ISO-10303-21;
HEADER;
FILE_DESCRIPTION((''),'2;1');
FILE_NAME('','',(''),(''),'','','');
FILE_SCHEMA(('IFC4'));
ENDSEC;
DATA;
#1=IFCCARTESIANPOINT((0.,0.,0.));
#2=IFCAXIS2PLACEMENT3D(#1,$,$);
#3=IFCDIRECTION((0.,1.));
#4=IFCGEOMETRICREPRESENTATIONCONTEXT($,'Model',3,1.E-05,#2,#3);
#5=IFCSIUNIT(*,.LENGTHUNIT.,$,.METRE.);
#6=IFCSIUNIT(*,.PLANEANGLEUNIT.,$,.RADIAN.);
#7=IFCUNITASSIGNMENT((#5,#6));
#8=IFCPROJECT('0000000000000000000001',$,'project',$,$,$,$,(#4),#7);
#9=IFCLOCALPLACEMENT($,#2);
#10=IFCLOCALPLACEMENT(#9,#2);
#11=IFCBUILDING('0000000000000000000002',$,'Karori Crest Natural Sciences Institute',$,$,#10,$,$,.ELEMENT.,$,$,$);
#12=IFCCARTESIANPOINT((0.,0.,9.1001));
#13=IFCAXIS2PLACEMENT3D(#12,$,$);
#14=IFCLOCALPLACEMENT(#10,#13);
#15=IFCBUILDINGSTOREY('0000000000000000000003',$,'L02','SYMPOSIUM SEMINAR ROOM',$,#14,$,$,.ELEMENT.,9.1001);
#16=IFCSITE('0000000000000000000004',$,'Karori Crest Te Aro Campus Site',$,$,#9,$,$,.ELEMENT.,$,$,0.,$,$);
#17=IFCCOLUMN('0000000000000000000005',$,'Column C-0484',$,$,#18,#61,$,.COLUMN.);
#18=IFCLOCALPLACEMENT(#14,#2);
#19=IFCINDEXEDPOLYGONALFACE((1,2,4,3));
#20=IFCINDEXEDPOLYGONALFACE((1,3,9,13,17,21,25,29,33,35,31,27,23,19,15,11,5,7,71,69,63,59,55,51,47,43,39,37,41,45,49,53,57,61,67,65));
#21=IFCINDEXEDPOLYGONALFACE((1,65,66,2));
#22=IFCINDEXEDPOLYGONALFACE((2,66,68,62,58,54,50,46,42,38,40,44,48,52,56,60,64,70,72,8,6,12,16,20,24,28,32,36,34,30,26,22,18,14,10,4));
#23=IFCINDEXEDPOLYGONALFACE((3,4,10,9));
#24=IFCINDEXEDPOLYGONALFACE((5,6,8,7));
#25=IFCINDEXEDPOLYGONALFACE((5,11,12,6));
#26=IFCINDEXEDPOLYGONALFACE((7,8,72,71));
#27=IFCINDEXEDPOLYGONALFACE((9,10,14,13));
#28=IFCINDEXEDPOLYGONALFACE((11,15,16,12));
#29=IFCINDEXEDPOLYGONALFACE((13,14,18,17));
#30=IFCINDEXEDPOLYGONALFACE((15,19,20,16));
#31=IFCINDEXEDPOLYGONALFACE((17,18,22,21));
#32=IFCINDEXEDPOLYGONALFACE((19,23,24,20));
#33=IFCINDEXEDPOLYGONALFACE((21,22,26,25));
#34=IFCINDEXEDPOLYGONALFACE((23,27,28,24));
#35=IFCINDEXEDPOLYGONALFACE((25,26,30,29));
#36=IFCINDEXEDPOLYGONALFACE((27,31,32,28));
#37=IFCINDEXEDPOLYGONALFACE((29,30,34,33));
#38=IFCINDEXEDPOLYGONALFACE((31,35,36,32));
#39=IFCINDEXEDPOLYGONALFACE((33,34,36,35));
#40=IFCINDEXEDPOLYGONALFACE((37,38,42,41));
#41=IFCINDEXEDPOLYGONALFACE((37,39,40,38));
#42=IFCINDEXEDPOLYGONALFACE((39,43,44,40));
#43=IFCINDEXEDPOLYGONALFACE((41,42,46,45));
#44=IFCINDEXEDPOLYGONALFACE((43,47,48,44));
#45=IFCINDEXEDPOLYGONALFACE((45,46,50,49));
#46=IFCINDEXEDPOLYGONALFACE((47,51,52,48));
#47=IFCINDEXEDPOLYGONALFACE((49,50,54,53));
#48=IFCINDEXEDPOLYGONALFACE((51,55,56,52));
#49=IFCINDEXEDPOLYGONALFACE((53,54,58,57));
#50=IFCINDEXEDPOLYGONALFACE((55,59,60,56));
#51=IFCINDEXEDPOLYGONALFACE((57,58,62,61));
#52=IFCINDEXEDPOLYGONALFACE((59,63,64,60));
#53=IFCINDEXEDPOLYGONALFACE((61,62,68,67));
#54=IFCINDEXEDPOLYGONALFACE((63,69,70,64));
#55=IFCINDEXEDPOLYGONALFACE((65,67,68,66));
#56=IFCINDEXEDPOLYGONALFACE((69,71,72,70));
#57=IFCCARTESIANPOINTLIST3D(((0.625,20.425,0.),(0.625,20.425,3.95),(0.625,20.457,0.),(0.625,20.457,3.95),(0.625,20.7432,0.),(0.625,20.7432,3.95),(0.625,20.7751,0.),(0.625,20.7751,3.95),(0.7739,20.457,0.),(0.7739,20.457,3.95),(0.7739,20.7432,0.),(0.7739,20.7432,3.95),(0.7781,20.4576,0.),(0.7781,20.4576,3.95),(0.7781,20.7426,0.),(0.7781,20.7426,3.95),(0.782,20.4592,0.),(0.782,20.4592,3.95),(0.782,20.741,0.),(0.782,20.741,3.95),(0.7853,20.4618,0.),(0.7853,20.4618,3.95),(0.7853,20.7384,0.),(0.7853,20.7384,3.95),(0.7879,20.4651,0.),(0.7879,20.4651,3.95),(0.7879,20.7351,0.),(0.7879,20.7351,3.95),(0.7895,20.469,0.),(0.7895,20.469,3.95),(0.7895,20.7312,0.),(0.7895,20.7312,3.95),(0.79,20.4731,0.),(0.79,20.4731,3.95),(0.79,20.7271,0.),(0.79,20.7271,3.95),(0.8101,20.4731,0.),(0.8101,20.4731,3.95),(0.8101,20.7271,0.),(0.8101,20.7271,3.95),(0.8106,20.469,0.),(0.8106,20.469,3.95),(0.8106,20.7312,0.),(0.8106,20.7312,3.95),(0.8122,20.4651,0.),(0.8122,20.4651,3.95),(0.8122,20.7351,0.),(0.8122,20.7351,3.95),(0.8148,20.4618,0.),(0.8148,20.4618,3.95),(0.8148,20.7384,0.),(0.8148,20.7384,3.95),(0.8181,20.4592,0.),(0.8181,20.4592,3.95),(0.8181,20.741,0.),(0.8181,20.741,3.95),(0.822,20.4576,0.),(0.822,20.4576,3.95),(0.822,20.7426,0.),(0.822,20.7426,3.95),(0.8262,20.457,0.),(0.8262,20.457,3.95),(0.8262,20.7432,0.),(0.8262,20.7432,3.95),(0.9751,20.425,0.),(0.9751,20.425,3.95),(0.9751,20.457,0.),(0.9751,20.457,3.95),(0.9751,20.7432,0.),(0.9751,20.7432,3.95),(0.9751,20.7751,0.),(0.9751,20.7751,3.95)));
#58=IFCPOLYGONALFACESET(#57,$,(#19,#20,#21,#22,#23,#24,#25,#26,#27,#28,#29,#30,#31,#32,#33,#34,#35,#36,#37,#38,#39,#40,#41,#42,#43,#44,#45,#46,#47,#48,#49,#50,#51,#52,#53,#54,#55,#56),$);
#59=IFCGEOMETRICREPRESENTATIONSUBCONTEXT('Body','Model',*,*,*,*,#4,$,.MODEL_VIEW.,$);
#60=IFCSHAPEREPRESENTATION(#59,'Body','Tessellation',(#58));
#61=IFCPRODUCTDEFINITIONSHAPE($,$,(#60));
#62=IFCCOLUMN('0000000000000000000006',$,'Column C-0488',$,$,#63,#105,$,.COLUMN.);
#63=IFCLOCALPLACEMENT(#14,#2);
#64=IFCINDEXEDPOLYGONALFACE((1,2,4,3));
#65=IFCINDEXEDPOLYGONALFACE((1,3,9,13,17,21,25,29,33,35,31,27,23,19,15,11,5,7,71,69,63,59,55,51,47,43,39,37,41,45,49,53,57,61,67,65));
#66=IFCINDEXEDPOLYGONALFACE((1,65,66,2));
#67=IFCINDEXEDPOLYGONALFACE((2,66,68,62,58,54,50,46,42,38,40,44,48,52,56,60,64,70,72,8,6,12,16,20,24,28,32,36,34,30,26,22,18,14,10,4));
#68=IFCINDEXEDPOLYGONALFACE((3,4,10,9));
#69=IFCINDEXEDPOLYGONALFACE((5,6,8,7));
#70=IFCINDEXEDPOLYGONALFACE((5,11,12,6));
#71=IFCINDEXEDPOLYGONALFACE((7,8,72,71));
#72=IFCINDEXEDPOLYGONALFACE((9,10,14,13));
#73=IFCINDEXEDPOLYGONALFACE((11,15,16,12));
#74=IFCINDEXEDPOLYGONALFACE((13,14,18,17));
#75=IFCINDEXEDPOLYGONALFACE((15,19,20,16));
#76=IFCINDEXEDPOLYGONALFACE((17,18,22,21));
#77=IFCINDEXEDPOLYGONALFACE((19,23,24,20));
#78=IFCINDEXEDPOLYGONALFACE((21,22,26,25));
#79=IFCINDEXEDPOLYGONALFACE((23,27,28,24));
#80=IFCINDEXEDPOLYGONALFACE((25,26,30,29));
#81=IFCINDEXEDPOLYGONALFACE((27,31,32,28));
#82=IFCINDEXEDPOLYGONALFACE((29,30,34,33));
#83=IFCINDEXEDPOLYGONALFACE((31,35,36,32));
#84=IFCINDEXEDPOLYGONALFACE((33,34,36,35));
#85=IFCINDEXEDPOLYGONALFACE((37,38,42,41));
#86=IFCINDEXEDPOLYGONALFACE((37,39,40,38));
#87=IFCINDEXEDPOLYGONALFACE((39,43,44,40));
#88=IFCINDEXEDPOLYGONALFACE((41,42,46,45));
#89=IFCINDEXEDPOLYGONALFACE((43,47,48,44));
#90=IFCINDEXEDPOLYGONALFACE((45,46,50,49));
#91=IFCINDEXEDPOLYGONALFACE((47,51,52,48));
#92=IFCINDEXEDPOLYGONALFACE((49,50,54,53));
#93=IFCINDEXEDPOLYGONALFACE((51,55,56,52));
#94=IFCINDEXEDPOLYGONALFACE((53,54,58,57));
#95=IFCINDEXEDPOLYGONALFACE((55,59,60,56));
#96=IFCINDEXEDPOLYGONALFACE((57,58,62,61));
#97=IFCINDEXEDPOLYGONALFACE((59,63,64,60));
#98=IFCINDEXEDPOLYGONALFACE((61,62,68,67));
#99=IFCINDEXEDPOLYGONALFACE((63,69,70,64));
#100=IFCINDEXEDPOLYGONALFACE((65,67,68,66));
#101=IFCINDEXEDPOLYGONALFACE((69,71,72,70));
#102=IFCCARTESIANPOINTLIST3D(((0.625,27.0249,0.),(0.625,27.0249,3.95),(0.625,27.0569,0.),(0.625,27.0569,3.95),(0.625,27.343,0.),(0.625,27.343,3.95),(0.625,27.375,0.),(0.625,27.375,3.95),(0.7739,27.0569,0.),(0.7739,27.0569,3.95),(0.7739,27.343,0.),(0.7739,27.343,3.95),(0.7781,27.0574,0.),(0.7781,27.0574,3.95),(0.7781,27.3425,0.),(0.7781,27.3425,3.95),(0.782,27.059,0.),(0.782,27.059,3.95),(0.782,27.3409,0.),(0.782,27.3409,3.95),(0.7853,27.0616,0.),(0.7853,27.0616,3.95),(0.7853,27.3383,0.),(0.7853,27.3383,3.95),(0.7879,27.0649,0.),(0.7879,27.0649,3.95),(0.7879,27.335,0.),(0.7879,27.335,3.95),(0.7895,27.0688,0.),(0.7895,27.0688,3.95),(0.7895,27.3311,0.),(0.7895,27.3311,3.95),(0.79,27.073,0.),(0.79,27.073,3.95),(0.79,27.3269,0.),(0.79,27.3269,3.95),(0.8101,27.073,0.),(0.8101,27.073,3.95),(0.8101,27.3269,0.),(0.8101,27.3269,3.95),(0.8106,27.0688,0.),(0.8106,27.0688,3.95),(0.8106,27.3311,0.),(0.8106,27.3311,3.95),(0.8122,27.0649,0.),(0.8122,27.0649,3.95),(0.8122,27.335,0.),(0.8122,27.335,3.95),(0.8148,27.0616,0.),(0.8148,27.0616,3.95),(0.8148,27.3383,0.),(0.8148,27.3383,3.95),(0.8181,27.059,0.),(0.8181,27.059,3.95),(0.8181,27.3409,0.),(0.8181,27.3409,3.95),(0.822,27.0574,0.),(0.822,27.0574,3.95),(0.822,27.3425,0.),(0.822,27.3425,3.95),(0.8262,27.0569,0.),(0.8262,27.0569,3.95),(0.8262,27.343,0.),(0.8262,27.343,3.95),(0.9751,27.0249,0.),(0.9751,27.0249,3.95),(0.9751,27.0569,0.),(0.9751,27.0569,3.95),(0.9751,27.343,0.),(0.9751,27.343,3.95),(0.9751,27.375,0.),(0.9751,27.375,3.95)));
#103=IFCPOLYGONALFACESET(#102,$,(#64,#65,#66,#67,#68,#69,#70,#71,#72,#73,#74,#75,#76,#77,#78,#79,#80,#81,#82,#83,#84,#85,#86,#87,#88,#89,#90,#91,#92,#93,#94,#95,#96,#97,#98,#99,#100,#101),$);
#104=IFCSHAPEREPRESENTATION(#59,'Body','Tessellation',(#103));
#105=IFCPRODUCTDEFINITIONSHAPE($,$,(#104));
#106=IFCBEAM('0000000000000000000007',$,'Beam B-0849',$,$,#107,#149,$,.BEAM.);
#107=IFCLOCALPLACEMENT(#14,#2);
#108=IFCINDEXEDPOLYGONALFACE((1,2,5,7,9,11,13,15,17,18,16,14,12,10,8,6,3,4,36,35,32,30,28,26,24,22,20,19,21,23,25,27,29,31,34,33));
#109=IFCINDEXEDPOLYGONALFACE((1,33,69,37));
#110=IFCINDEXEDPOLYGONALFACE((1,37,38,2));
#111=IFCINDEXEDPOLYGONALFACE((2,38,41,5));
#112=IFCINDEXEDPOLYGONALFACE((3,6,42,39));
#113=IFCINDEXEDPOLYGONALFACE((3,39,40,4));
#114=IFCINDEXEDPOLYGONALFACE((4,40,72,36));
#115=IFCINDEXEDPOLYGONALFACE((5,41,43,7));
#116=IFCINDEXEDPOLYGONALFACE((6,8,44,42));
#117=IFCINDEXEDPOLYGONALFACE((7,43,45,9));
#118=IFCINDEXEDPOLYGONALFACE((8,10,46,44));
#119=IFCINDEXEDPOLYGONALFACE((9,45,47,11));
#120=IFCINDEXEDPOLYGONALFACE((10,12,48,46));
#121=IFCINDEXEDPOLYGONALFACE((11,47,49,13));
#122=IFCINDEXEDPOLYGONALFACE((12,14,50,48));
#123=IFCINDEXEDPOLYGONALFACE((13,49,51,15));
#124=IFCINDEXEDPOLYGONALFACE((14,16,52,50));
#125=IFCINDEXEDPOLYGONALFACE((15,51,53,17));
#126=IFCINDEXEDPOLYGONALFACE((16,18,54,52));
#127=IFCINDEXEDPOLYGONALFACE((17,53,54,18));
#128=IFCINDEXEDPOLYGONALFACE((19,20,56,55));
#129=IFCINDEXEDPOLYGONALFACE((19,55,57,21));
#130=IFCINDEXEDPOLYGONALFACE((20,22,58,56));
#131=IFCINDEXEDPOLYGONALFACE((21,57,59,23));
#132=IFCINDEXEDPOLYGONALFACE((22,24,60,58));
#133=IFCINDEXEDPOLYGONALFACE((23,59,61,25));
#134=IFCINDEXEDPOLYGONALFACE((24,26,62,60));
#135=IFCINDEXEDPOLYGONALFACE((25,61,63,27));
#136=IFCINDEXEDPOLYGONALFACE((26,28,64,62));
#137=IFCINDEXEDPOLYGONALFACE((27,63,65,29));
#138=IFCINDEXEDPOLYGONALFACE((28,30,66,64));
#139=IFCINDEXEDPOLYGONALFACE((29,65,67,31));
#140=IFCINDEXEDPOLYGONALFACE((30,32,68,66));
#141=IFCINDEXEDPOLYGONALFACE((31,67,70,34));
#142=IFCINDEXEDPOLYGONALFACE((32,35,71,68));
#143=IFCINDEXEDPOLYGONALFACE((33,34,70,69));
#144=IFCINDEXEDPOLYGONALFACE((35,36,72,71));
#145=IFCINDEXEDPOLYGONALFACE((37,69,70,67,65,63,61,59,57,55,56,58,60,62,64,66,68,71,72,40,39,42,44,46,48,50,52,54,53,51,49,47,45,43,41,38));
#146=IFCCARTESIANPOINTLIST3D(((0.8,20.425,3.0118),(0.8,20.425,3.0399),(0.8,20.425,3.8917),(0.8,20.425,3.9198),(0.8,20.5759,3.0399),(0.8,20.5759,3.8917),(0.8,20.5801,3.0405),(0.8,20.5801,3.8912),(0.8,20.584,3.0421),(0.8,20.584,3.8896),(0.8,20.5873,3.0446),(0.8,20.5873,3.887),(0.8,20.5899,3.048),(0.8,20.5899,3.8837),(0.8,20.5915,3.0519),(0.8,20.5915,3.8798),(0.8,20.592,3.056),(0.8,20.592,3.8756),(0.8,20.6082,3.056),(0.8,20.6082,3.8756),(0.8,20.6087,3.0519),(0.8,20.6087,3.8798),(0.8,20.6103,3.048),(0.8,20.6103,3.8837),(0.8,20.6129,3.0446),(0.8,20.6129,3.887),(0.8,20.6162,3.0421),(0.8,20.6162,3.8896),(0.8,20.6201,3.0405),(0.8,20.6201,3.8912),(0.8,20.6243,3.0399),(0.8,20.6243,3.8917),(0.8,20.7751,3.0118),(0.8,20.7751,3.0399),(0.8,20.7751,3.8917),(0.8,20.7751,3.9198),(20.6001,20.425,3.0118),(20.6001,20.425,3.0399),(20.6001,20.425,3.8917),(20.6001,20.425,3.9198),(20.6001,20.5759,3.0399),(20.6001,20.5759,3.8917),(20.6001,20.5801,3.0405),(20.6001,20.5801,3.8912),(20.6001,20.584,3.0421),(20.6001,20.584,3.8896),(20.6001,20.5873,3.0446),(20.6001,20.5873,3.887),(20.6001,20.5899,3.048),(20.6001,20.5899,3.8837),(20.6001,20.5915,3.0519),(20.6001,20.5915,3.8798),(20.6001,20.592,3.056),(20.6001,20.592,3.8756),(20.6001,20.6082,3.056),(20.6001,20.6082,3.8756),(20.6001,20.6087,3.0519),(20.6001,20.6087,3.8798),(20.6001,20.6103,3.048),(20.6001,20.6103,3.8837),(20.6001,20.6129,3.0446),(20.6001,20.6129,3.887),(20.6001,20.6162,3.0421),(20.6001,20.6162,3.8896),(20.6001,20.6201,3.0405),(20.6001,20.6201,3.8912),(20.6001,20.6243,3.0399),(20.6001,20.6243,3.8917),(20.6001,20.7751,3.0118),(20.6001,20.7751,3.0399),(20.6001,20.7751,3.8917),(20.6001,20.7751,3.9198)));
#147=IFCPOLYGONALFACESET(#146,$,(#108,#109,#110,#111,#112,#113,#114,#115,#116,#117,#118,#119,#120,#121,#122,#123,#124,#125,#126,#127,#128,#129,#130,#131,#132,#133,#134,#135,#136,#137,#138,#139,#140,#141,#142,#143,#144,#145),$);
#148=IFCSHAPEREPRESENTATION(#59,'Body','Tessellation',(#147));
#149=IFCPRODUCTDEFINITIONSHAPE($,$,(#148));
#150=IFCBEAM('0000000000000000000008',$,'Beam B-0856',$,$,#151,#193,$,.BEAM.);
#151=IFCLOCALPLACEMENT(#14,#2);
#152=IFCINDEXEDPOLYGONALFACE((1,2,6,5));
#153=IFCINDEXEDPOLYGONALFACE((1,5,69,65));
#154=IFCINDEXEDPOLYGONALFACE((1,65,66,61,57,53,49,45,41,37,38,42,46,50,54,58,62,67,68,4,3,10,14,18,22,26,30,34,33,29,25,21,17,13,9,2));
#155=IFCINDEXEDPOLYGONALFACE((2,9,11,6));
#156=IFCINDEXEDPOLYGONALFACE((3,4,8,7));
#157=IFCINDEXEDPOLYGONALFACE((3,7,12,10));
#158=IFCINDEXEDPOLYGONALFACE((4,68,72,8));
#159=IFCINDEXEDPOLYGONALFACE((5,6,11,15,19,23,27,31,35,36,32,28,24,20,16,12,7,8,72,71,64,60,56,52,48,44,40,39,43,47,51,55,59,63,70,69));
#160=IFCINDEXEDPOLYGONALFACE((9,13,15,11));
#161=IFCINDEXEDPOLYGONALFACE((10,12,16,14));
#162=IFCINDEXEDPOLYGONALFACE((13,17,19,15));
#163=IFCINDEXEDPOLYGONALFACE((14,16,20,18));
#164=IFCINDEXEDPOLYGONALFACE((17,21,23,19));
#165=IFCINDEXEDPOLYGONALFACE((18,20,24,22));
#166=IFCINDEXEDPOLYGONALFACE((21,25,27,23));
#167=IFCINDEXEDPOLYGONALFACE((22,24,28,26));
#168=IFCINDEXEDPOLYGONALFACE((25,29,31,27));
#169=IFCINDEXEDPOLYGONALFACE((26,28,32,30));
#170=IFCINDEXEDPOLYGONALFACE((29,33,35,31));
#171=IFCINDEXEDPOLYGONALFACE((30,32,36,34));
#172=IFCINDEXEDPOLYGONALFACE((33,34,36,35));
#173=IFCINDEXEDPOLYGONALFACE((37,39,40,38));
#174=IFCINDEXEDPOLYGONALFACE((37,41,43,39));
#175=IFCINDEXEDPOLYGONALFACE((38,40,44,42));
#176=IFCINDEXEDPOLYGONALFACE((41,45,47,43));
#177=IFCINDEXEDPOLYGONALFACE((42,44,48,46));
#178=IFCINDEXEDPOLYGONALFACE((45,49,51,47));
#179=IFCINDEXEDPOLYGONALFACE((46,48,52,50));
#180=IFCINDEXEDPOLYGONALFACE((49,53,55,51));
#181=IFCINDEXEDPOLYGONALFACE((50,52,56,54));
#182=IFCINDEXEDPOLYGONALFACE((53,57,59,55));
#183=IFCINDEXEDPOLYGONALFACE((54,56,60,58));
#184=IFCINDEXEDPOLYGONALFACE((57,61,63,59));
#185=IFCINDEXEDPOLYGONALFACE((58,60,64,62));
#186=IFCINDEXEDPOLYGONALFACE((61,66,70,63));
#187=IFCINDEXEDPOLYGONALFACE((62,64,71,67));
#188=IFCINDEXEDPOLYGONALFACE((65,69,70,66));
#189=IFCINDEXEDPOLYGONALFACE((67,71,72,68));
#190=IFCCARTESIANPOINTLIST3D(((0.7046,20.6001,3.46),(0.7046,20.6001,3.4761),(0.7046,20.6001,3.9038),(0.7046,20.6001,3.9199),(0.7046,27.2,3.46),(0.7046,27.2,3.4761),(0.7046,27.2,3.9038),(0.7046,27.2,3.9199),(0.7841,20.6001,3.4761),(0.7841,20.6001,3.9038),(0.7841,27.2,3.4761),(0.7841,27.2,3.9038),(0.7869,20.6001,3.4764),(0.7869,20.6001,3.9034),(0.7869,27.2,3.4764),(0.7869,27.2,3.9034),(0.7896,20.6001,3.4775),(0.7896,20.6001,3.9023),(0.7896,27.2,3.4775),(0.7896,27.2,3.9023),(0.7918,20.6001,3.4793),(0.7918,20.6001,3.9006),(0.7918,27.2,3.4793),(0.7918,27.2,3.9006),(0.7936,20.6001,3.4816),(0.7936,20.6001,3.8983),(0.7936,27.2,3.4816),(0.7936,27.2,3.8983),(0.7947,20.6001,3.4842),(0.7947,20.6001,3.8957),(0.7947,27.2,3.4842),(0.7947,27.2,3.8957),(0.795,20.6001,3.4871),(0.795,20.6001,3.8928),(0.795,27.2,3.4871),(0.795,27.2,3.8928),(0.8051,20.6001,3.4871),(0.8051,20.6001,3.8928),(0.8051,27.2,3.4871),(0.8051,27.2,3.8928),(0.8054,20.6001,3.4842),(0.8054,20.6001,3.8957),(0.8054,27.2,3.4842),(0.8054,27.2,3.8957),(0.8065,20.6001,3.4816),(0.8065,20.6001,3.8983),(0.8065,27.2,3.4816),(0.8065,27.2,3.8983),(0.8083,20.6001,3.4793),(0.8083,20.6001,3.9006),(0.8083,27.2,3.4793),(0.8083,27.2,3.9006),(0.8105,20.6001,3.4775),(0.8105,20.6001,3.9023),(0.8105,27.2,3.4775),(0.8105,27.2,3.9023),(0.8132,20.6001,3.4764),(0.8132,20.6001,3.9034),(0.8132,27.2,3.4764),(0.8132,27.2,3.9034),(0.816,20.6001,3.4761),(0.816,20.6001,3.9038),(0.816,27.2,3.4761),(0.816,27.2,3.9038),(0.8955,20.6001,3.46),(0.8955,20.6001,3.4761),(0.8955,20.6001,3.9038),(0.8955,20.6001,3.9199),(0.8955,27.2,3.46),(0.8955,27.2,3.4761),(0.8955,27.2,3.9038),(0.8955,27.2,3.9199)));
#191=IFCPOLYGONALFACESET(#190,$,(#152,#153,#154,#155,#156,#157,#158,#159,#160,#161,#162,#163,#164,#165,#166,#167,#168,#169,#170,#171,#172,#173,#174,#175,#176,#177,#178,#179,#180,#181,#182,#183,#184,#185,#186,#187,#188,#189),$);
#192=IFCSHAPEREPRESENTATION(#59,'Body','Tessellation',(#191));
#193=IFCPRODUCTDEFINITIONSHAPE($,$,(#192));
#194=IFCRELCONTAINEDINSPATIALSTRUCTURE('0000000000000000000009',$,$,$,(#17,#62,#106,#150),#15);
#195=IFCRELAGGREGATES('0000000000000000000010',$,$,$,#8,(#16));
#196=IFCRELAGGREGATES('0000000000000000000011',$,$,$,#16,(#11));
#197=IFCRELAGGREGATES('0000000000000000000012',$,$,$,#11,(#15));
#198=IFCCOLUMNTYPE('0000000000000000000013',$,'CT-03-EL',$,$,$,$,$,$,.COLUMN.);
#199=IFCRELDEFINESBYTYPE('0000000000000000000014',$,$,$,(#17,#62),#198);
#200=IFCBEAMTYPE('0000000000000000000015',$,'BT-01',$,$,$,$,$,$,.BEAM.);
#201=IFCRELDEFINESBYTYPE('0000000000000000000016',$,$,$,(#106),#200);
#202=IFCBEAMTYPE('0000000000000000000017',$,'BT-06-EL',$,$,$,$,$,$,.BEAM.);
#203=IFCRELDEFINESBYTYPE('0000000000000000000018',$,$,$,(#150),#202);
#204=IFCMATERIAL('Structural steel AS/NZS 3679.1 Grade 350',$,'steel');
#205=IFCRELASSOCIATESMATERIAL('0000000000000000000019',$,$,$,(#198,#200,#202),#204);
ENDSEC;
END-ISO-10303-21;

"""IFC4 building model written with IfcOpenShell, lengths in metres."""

from ifc_helpers import new_model, si_unit, direction, frame, origin, origin_2d, place, context, subcontext, project, spatial, i_section, extrude, material, material_profile, profile_set, type_object, element, save


model = new_model("IFC4")

# Units and contexts
model_context = context("Model", 3, precision=1e-05, world=origin(), true_north=direction((0.0, 1.0)))
body_context = subcontext(model_context, "Body", "Model", "MODEL_VIEW")
ifc_project = project(units=[si_unit("LENGTHUNIT", "METRE"), si_unit("PLANEANGLEUNIT", "RADIAN")], contexts=[model_context])

# Site, building, storey
site_placement = place(None, origin())
site = spatial("IfcSite", under=ifc_project, at=site_placement, Name="Karori Crest Te Aro Campus Site", CompositionType="ELEMENT", RefElevation=0.0)
building_placement = place(site_placement, origin())
building = spatial("IfcBuilding", under=site, at=building_placement, Name="Karori Crest Natural Sciences Institute", CompositionType="ELEMENT")
storey_placement = place(building_placement, frame((0.0, 0.0, 9.1001)))
storey = spatial("IfcBuildingStorey", under=building, at=storey_placement, Name="L02", Description="SYMPOSIUM SEMINAR ROOM", CompositionType="ELEMENT", Elevation=9.1001)

# Columns
ifc_material_1 = material(Name="Structural steel AS/NZS 3679.1 Grade 350", Category="steel")
ifc_material_profile_1 = material_profile(ifc_material_1, i_section(OverallWidth=0.3501, OverallDepth=0.3501, WebThickness=0.02, FlangeThickness=0.032, FilletRadius=0.0161, at=origin_2d()), Name="350WC280")
ifc_profile_set_1 = profile_set([ifc_material_profile_1], Name="Structural steel AS/NZS 3679.1 Grade 350")
column_type = type_object("IfcColumnType", Name="CT-03-EL", PredefinedType="COLUMN", material=ifc_profile_set_1)
for number, where, z_axis, x_axis, name in (
    (1, (0.8, 20.6001, 0.0), (0.0, 0.0, 1.0), (1.0, 0.0, 0.0), "Column C-0484"),
    (2, (0.8, 27.2, 0.0), (0.0, 0.0, 1.0), (1.0, 0.0, 0.0), "Column C-0488"),
):
    element("IfcColumn", number, at=place(storey_placement, frame(where, z_axis=z_axis, x_axis=x_axis)), inside=storey, type_object=column_type, Name=name, PredefinedType="COLUMN", context=body_context, shape_type="SweptSolid", body=[
        extrude(i_section(OverallWidth=0.3501, OverallDepth=0.3501, WebThickness=0.02, FlangeThickness=0.032, FilletRadius=0.0161, at=origin_2d()), origin(), (0.0, 0.0, 1.0), 3.95),
    ])

# Beams
ifc_material_profile_2 = material_profile(ifc_material_1, i_section(OverallWidth=0.3501, OverallDepth=0.908, WebThickness=0.0161, FlangeThickness=0.0281, FilletRadius=0.0161, at=origin_2d()), Name="900WB257")
ifc_profile_set_2 = profile_set([ifc_material_profile_2], Name="Structural steel AS/NZS 3679.1 Grade 350")
beam_type_1 = type_object("IfcBeamType", Name="BT-01", PredefinedType="BEAM", material=ifc_profile_set_2)
beam_1_placement = place(storey_placement, frame((0.8, 20.6001, 3.4658), z_axis=(1.0, 0.0, 0.0), x_axis=(0.0, 1.0, 0.0)))
element("IfcBeam", 3, at=beam_1_placement, inside=storey, type_object=beam_type_1, Name="Beam B-0849", PredefinedType="BEAM", context=body_context, shape_type="SweptSolid", body=[
    extrude(i_section(OverallWidth=0.3501, OverallDepth=0.908, WebThickness=0.0161, FlangeThickness=0.0281, FilletRadius=0.0161, at=origin_2d()), origin(), (0.0, 0.0, 1.0), 19.8),
])
ifc_material_profile_3 = material_profile(ifc_material_1, i_section(OverallWidth=0.1909, OverallDepth=0.46, WebThickness=0.01, FlangeThickness=0.0161, FilletRadius=0.011, at=origin_2d()), Name="460UB82.1")
ifc_profile_set_3 = profile_set([ifc_material_profile_3], Name="Structural steel AS/NZS 3679.1 Grade 350")
beam_type_2 = type_object("IfcBeamType", Name="BT-06-EL", PredefinedType="BEAM", material=ifc_profile_set_3)
beam_2_placement = place(storey_placement, frame((0.8, 20.6001, 3.6899), z_axis=(0.0, 1.0, 0.0), x_axis=(-1.0, 0.0, 0.0)))
element("IfcBeam", 4, at=beam_2_placement, inside=storey, type_object=beam_type_2, Name="Beam B-0856", PredefinedType="BEAM", context=body_context, shape_type="SweptSolid", body=[
    extrude(i_section(OverallWidth=0.1909, OverallDepth=0.46, WebThickness=0.01, FlangeThickness=0.0161, FilletRadius=0.011, at=origin_2d()), origin(), (0.0, 0.0, 1.0), 6.5999),
])

save(model, "model.ifc")
